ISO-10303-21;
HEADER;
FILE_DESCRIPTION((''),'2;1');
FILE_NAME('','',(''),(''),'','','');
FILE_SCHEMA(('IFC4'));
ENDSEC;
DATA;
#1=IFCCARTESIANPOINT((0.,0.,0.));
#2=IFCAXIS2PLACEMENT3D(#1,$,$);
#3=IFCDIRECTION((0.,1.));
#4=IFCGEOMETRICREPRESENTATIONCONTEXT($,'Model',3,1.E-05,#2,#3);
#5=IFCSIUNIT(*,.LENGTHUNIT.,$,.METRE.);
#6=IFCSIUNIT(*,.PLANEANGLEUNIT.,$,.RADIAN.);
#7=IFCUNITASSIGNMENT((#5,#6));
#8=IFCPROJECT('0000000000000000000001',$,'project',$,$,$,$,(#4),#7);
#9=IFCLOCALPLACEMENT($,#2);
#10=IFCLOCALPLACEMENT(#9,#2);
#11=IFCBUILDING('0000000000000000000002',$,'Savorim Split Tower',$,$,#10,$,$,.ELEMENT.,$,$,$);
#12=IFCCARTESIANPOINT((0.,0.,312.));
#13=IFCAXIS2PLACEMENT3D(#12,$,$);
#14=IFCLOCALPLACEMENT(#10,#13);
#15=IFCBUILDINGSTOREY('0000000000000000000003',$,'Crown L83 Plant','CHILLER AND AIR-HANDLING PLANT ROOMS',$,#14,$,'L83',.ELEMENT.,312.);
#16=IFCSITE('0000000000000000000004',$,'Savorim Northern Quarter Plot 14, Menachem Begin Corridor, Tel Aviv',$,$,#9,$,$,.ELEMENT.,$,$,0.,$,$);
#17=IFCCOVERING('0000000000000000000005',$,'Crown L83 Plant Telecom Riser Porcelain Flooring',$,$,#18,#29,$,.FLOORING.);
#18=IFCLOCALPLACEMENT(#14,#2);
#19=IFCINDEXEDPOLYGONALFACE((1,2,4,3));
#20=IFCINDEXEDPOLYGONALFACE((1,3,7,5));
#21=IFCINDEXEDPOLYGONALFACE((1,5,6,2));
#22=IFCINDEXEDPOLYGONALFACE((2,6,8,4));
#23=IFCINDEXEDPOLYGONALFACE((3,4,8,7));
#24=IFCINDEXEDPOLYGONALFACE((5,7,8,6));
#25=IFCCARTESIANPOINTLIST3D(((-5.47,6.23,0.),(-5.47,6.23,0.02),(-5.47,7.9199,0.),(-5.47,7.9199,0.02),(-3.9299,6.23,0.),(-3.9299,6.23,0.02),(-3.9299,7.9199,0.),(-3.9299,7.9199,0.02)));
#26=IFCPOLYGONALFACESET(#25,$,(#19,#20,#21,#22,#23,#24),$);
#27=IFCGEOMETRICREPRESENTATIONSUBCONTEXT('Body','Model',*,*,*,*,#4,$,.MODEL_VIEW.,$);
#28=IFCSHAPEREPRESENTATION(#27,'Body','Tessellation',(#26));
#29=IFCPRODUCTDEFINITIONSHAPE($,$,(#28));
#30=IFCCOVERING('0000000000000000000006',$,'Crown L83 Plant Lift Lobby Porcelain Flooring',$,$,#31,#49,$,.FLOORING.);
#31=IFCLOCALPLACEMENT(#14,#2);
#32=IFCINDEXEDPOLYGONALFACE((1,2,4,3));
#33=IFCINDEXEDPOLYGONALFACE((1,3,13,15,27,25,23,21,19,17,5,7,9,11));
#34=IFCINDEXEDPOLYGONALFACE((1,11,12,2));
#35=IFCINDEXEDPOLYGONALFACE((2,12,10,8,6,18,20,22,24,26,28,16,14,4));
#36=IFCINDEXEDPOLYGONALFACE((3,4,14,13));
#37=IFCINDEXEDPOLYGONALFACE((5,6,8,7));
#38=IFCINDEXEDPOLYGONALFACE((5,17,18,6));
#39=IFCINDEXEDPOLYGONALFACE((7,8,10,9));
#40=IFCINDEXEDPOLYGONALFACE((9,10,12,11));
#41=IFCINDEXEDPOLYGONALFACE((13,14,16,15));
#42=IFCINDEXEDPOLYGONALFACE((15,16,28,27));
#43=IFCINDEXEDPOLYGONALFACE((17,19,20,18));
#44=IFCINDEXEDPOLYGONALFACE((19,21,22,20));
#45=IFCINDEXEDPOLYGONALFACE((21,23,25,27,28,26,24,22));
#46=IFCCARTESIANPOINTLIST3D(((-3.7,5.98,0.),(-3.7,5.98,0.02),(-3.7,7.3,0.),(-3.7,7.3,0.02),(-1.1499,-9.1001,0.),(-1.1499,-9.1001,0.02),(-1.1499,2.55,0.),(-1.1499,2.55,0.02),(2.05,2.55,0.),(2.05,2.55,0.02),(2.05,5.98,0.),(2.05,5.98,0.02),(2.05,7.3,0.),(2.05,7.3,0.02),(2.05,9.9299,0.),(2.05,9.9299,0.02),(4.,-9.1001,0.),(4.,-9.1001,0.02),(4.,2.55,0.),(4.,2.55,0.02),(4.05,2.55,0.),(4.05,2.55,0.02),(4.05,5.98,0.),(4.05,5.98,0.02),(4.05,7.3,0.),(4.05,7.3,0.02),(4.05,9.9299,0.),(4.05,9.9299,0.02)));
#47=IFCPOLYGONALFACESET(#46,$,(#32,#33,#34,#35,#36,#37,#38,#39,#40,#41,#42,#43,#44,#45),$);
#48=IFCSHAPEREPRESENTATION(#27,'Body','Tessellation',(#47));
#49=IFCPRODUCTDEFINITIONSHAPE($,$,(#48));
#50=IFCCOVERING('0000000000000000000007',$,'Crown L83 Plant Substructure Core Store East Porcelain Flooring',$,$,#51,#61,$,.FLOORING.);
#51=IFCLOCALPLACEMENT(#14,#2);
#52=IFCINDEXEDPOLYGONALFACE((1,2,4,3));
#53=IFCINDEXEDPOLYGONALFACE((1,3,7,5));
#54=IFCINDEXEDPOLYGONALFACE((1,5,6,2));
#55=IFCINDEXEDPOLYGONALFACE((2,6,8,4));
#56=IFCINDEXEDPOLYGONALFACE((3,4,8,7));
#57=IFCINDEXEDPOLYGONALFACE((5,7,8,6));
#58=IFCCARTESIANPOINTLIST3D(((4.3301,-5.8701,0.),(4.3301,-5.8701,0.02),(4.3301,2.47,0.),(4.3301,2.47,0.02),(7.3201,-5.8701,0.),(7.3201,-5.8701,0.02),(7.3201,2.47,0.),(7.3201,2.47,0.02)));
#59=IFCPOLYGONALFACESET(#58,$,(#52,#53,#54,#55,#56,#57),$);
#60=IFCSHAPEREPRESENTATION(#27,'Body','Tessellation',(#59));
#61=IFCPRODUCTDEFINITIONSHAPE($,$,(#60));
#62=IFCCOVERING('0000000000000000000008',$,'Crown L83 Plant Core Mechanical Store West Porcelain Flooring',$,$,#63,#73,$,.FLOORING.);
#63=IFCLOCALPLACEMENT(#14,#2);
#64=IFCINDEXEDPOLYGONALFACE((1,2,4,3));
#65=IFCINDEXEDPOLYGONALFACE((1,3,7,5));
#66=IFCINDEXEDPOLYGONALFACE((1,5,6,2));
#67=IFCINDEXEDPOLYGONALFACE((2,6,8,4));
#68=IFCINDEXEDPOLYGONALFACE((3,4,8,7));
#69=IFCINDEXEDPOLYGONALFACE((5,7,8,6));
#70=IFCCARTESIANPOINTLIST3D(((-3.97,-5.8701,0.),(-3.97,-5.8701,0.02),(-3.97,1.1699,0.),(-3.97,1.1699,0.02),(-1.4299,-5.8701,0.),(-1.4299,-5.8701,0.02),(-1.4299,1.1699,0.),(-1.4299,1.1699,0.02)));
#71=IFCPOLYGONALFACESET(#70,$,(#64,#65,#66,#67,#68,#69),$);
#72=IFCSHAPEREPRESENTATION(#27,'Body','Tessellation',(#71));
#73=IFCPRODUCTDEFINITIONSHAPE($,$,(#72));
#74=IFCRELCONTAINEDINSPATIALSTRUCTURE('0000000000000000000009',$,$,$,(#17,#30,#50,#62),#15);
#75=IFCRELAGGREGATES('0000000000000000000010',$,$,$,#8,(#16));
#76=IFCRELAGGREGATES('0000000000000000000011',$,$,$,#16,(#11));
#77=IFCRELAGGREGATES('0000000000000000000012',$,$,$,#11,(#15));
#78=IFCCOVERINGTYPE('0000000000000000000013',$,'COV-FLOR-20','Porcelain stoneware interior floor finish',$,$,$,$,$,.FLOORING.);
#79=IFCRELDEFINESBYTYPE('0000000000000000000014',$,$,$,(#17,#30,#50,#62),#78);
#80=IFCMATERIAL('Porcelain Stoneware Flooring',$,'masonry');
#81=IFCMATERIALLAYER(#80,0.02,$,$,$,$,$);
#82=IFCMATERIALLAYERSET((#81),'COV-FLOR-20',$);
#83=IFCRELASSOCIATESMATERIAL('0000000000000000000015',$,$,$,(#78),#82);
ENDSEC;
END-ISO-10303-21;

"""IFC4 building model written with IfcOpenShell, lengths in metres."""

from ifc_helpers import new_model, si_unit, direction, frame, origin, place, context, subcontext, project, spatial, polyline, outline, extrude, material, layer, layer_set, type_object, element, save


model = new_model("IFC4")

# Units and contexts
model_context = context("Model", 3, precision=1e-05, world=origin(), true_north=direction((0.0, 1.0)))
body_context = subcontext(model_context, "Body", "Model", "MODEL_VIEW")
ifc_project = project(units=[si_unit("LENGTHUNIT", "METRE"), si_unit("PLANEANGLEUNIT", "RADIAN")], contexts=[model_context])

# Site, building, storey
site_placement = place(None, origin())
site = spatial("IfcSite", under=ifc_project, at=site_placement, Name="Savorim Northern Quarter Plot 14, Menachem Begin Corridor, Tel Aviv", CompositionType="ELEMENT", RefElevation=0.0)
building_placement = place(site_placement, origin())
building = spatial("IfcBuilding", under=site, at=building_placement, Name="Savorim Split Tower", CompositionType="ELEMENT")
storey_placement = place(building_placement, frame((0.0, 0.0, 312.0)))
storey = spatial("IfcBuildingStorey", under=building, at=storey_placement, Name="Crown L83 Plant", Description="CHILLER AND AIR-HANDLING PLANT ROOMS", LongName="L83", CompositionType="ELEMENT", Elevation=312.0)

# Coverings
ifc_material_1 = material(Name="Porcelain Stoneware Flooring", Category="masonry")
ifc_layer_1 = layer(ifc_material_1, 0.02)
ifc_layer_set_1 = layer_set([ifc_layer_1], Name="COV-FLOR-20")
covering_type_1 = type_object("IfcCoveringType", Name="COV-FLOR-20", Description="Porcelain stoneware interior floor finish", PredefinedType="FLOORING", material=ifc_layer_set_1)
covering_1_placement = place(storey_placement, origin())
element("IfcCovering", 1, at=covering_1_placement, inside=storey, type_object=covering_type_1, Name="Crown L83 Plant Telecom Riser Porcelain Flooring", PredefinedType="FLOORING", context=body_context, shape_type="SweptSolid", body=[
    extrude(outline(polyline([(-5.47, 7.9199), (-5.47, 6.23), (-3.9299, 6.23), (-3.9299, 7.9199), (-5.47, 7.9199)])), origin(), (0.0, 0.0, 1.0), 0.02),
])
covering_2_placement = place(storey_placement, origin())
element("IfcCovering", 2, at=covering_2_placement, inside=storey, type_object=covering_type_1, Name="Crown L83 Plant Lift Lobby Porcelain Flooring", PredefinedType="FLOORING", context=body_context, shape_type="SweptSolid", body=[
    extrude(outline(polyline([(2.05, 2.55), (-1.1499, 2.55), (-1.1499, -9.1001), (4.0, -9.1001), (4.0, 2.55), (4.05, 2.55), (4.05, 5.98), (4.05, 7.3), (4.05, 9.9299), (2.05, 9.9299), (2.05, 7.3), (-3.7, 7.3), (-3.7, 5.98), (2.05, 5.98), (2.05, 2.55)])), origin(), (0.0, 0.0, 1.0), 0.02),
])
covering_3_placement = place(storey_placement, origin())
element("IfcCovering", 3, at=covering_3_placement, inside=storey, type_object=covering_type_1, Name="Crown L83 Plant Substructure Core Store East Porcelain Flooring", PredefinedType="FLOORING", context=body_context, shape_type="SweptSolid", body=[
    extrude(outline(polyline([(4.3301, 2.47), (4.3301, -5.8701), (7.3201, -5.8701), (7.3201, 2.47), (4.3301, 2.47)])), origin(), (0.0, 0.0, 1.0), 0.02),
])
covering_4_placement = place(storey_placement, origin())
element("IfcCovering", 4, at=covering_4_placement, inside=storey, type_object=covering_type_1, Name="Crown L83 Plant Core Mechanical Store West Porcelain Flooring", PredefinedType="FLOORING", context=body_context, shape_type="SweptSolid", body=[
    extrude(outline(polyline([(-3.97, 1.1699), (-3.97, -5.8701), (-1.4299, -5.8701), (-1.4299, 1.1699), (-3.97, 1.1699)])), origin(), (0.0, 0.0, 1.0), 0.02),
])

save(model, "model.ifc")
